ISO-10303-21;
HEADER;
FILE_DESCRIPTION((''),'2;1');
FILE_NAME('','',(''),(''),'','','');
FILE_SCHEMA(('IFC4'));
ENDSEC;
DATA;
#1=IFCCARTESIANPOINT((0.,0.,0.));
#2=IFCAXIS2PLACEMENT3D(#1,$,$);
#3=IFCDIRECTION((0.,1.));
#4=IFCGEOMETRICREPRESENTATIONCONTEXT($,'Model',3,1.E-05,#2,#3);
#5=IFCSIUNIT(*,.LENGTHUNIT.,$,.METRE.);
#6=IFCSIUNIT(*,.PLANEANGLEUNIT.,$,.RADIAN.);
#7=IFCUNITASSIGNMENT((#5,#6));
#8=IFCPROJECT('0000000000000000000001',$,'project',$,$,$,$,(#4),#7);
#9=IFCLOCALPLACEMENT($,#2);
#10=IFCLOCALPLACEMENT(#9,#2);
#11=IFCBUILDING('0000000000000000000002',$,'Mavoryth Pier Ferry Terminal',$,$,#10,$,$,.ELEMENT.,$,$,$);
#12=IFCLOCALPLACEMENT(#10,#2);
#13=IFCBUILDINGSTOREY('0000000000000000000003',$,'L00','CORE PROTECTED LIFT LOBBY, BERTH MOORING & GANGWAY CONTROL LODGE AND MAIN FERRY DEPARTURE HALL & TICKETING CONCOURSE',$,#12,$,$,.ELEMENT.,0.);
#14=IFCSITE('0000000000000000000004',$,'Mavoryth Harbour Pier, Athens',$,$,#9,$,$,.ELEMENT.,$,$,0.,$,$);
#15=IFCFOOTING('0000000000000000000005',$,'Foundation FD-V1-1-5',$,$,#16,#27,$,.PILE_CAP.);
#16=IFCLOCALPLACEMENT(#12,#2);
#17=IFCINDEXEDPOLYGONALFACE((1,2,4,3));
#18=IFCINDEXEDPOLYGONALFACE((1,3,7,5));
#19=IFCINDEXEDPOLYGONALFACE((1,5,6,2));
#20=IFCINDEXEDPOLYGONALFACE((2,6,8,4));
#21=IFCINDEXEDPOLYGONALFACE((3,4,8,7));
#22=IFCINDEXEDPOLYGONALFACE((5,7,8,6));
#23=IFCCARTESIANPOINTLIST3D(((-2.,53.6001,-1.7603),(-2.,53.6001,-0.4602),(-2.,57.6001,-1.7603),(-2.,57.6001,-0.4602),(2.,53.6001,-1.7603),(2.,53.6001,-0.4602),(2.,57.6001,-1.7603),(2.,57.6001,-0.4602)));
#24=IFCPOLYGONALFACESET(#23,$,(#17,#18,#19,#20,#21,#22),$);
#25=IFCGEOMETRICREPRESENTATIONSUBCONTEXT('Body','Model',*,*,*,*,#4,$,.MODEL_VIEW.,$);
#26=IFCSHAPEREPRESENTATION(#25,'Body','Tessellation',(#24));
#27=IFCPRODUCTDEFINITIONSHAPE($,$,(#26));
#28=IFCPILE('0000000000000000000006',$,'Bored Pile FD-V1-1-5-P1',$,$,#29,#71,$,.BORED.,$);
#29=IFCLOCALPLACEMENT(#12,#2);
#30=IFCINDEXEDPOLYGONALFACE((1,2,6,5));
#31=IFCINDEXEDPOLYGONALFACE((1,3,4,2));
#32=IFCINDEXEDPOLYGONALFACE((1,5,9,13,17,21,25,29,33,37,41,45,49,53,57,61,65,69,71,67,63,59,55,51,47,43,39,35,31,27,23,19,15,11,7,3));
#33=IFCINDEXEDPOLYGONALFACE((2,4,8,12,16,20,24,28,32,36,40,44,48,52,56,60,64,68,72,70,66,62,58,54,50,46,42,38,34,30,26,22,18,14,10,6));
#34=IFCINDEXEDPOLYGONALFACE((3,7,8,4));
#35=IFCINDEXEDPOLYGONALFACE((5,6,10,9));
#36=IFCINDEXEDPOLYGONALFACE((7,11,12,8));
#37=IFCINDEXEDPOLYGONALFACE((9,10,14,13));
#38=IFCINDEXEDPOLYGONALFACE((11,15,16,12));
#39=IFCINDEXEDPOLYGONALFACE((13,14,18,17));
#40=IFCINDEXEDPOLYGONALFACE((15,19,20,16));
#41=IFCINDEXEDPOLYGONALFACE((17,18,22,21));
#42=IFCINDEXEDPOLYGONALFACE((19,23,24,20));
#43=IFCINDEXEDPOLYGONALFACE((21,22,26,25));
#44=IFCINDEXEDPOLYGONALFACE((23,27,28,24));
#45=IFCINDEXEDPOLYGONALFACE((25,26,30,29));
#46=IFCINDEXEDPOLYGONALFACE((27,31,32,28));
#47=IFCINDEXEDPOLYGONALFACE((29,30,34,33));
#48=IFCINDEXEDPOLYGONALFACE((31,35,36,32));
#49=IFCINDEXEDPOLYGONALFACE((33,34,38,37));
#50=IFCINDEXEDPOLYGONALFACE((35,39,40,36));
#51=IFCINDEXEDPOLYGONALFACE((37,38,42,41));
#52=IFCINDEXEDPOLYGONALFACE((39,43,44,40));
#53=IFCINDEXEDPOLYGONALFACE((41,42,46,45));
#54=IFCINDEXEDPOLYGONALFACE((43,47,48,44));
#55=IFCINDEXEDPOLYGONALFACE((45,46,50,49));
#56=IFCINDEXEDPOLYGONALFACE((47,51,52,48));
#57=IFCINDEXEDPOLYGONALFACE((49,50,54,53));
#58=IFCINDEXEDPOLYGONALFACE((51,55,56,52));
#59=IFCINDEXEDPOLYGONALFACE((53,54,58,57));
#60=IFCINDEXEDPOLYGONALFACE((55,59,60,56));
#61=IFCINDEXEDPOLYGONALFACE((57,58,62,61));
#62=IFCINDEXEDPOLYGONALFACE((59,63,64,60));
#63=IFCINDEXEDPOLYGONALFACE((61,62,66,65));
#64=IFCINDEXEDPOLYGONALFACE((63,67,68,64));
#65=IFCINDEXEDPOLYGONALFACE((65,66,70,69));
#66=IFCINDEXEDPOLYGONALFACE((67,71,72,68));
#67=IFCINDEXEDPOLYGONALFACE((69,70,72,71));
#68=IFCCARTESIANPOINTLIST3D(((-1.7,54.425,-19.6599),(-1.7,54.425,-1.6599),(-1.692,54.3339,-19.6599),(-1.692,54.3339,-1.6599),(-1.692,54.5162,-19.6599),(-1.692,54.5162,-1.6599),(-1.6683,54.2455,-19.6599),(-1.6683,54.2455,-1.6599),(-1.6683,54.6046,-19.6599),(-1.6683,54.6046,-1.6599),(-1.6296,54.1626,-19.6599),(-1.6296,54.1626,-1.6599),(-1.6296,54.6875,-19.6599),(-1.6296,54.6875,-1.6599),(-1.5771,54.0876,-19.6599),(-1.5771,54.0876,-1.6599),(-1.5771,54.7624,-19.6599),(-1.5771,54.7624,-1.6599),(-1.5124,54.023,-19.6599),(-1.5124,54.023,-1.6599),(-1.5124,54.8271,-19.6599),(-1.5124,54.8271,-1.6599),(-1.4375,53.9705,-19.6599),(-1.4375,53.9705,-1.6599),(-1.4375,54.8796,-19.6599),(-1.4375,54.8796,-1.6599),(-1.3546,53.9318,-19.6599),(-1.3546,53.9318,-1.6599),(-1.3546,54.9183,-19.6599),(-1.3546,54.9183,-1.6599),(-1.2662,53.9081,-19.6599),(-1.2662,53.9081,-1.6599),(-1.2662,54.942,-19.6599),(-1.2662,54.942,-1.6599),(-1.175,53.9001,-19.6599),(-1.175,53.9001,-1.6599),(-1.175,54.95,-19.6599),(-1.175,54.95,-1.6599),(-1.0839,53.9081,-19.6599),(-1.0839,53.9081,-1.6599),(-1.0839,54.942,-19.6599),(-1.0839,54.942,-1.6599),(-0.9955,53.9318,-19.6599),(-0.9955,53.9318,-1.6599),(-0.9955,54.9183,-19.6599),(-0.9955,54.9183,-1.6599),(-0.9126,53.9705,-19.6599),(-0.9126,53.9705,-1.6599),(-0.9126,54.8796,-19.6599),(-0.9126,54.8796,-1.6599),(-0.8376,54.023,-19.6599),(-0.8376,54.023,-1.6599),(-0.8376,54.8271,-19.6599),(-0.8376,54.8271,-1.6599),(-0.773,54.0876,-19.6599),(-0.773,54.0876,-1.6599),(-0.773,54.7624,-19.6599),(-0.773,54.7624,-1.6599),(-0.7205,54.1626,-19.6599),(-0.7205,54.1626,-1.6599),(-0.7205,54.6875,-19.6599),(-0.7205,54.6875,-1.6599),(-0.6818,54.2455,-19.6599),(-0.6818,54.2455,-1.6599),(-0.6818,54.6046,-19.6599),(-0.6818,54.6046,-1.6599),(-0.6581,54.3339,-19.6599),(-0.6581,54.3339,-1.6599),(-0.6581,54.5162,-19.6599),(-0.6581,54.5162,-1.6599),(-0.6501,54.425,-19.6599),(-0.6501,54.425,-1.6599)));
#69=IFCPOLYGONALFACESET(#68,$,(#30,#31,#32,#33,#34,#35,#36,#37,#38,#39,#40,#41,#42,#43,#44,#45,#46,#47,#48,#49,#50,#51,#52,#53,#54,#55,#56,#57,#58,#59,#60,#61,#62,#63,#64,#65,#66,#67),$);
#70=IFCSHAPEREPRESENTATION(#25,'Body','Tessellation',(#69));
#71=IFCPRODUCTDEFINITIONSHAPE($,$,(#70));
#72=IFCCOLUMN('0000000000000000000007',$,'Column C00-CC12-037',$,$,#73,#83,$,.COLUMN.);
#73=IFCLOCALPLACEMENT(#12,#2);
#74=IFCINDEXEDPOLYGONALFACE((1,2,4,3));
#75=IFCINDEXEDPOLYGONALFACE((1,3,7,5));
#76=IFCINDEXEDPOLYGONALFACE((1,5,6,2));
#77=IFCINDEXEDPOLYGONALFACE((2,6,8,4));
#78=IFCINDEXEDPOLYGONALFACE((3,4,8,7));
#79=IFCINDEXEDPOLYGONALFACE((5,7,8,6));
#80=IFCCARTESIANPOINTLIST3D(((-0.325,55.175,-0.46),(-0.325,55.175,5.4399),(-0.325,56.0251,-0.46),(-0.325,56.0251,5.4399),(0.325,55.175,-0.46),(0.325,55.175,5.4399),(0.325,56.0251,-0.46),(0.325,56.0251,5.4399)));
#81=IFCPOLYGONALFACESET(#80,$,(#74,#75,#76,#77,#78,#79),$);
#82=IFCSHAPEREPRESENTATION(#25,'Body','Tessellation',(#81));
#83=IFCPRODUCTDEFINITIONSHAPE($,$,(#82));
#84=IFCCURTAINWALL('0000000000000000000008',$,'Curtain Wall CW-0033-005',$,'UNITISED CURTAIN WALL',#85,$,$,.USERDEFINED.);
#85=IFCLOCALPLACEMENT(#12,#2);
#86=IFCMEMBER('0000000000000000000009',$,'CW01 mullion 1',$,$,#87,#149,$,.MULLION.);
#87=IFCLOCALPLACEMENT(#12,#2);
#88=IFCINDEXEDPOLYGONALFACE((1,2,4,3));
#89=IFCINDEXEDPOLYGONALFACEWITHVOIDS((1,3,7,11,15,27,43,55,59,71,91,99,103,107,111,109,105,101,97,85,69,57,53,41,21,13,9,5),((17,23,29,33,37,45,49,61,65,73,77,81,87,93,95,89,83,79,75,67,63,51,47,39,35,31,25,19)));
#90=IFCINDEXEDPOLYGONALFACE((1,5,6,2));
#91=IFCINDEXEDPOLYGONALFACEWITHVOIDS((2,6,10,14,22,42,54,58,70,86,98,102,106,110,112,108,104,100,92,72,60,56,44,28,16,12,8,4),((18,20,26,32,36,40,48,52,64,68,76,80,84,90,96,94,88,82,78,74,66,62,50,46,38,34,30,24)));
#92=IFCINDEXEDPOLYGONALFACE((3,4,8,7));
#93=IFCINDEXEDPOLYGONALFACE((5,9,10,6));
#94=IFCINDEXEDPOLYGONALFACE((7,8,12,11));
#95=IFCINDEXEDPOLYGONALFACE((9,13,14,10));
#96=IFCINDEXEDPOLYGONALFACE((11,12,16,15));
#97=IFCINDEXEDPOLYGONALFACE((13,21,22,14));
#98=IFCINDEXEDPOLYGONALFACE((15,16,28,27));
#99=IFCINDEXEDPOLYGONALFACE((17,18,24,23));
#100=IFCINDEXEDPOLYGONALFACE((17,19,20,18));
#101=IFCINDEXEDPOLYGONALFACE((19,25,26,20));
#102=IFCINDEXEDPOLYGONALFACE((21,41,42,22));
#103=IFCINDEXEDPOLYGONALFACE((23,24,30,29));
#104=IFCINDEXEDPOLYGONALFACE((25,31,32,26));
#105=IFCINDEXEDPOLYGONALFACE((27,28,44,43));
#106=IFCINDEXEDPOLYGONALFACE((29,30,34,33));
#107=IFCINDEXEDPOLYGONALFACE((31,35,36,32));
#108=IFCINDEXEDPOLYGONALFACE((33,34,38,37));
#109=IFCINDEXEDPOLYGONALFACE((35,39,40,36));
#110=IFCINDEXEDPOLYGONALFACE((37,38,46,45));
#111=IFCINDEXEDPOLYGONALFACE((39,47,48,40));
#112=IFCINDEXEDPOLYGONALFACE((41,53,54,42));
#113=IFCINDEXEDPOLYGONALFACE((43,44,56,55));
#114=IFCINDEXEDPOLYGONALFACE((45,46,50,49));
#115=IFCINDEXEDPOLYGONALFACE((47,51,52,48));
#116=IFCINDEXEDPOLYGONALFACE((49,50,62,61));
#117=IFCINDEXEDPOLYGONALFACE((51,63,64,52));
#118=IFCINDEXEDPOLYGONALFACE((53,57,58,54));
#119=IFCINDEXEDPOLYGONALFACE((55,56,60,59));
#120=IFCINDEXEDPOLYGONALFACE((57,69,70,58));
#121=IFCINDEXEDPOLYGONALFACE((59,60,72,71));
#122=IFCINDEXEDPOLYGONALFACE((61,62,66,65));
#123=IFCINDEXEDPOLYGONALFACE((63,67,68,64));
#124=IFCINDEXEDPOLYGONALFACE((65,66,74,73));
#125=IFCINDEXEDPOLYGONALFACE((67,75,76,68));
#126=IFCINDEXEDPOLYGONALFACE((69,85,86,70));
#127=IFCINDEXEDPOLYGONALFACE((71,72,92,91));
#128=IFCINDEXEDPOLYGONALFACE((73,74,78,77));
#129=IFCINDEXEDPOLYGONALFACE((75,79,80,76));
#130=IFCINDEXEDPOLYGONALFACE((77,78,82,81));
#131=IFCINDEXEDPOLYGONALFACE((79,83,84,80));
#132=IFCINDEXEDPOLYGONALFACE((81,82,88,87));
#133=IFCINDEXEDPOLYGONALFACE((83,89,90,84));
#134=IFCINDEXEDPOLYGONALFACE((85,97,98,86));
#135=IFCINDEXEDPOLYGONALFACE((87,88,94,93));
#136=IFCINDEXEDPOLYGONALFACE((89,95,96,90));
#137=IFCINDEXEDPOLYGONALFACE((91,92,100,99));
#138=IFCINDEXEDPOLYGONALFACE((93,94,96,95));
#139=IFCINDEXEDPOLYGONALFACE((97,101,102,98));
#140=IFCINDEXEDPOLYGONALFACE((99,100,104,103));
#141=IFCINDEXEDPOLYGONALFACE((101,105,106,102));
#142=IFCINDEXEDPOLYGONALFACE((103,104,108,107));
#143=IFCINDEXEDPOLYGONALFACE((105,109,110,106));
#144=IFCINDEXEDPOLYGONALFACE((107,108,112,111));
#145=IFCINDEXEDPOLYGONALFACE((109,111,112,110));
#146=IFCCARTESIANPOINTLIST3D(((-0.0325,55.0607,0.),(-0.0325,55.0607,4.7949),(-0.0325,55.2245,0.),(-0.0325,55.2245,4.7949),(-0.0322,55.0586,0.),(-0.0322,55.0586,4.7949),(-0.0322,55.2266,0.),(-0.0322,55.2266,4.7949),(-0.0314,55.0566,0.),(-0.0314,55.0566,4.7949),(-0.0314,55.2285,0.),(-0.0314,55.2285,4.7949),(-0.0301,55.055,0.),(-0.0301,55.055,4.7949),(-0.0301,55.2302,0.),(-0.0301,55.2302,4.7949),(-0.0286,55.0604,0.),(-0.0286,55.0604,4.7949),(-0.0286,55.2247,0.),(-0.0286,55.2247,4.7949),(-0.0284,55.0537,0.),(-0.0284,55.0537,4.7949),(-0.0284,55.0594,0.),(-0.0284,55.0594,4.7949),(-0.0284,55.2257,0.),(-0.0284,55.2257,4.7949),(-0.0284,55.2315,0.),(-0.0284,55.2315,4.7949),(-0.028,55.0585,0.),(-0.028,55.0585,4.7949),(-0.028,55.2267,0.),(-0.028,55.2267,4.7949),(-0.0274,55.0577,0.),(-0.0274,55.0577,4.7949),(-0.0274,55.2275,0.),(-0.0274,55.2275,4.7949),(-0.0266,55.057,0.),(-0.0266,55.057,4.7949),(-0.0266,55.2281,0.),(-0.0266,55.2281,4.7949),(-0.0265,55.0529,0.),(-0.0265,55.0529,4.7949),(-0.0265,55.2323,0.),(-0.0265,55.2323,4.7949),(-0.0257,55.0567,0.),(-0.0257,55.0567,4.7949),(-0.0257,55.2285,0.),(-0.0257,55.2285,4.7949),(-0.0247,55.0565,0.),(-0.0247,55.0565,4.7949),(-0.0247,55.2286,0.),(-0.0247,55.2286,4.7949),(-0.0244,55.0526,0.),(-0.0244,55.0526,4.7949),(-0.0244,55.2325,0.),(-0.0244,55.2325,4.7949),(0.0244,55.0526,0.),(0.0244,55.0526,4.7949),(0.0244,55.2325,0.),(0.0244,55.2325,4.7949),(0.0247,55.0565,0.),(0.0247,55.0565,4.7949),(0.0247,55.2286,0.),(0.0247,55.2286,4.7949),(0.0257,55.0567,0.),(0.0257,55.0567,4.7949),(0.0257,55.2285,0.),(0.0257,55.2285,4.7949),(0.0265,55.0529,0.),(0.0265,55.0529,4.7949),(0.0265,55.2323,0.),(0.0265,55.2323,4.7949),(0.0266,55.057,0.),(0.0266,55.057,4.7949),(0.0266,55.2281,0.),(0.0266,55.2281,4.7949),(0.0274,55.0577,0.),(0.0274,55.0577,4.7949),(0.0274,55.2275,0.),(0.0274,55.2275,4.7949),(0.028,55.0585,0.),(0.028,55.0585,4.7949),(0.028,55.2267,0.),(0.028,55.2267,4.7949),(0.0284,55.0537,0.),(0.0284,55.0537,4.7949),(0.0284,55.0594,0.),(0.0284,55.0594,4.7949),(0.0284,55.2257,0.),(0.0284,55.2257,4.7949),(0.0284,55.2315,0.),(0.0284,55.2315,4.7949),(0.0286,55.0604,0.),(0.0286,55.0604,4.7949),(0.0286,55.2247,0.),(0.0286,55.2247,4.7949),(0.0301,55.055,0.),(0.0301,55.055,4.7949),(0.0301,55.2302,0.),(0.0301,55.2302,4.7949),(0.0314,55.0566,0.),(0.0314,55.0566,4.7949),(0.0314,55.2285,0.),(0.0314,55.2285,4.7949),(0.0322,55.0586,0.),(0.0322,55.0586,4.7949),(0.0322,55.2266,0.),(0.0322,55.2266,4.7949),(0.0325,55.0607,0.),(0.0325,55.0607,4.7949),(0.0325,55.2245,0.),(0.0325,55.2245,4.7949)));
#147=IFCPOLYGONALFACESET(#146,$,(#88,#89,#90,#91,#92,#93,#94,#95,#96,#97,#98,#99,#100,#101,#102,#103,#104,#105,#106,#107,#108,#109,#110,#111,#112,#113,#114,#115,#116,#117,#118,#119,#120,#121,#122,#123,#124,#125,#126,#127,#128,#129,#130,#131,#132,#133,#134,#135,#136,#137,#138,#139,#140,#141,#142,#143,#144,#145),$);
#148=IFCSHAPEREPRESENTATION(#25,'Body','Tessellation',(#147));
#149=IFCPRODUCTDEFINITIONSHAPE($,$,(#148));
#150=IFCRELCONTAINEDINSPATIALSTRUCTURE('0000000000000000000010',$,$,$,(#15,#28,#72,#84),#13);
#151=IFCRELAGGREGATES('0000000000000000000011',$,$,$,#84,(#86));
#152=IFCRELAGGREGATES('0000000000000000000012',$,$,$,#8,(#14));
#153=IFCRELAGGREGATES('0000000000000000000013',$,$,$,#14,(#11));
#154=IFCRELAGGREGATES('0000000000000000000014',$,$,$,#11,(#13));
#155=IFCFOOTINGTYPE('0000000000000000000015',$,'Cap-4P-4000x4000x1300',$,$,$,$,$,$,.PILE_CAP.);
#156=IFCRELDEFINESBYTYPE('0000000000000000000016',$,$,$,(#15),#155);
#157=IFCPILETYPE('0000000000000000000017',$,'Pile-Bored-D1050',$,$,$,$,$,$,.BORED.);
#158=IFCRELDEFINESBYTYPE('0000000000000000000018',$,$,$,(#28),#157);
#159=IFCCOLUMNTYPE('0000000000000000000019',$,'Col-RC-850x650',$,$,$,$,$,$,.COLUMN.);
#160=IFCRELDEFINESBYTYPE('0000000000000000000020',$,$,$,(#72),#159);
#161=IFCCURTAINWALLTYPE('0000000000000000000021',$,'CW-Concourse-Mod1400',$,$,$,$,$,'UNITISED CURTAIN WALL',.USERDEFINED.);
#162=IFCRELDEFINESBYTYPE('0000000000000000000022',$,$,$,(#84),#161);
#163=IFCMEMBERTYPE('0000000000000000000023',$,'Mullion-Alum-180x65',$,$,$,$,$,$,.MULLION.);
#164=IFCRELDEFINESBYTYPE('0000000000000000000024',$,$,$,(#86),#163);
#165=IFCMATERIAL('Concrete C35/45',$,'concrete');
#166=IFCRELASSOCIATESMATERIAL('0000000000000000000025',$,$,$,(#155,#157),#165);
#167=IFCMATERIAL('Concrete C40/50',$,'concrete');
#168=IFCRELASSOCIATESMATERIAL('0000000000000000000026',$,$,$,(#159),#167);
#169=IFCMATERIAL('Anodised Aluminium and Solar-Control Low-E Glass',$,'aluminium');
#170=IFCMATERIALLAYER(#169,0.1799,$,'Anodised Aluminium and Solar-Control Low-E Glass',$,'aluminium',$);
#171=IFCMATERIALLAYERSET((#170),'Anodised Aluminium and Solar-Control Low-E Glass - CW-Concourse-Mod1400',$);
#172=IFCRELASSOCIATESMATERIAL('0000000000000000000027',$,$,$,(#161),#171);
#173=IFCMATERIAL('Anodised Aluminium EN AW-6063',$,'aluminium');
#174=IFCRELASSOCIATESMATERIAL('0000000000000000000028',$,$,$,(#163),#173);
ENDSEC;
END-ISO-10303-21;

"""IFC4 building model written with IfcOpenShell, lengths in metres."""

from ifc_helpers import new_model, si_unit, direction, frame, origin, origin_2d, place, context, subcontext, project, spatial, rectangle, hollow_rectangle, circle, extrude, material, layer, layer_set, material_profile, profile_set, type_object, element, aggregate, save


model = new_model("IFC4")

# Units and contexts
model_context = context("Model", 3, precision=1e-05, world=origin(), true_north=direction((0.0, 1.0)))
body_context = subcontext(model_context, "Body", "Model", "MODEL_VIEW")
ifc_project = project(units=[si_unit("LENGTHUNIT", "METRE"), si_unit("PLANEANGLEUNIT", "RADIAN")], contexts=[model_context])

# Site, building, storey
site_placement = place(None, origin())
site = spatial("IfcSite", under=ifc_project, at=site_placement, Name="Mavoryth Harbour Pier, Athens", CompositionType="ELEMENT", RefElevation=0.0)
building_placement = place(site_placement, origin())
building = spatial("IfcBuilding", under=site, at=building_placement, Name="Mavoryth Pier Ferry Terminal", CompositionType="ELEMENT")
storey_placement = place(building_placement, origin())
storey = spatial("IfcBuildingStorey", under=building, at=storey_placement, Name="L00", Description="CORE PROTECTED LIFT LOBBY, BERTH MOORING & GANGWAY CONTROL LODGE AND MAIN FERRY DEPARTURE HALL & TICKETING CONCOURSE", CompositionType="ELEMENT", Elevation=0.0)

# Footing
ifc_material_1 = material(Name="Concrete C35/45", Category="concrete")
footing_type = type_object("IfcFootingType", Name="Cap-4P-4000x4000x1300", PredefinedType="PILE_CAP", material=ifc_material_1)
footing_placement = place(storey_placement, frame((0.0, 55.6001, -1.7603), z_axis=(0.0, 0.0, 1.0), x_axis=(1.0, 0.0, 0.0)))
element("IfcFooting", 1, at=footing_placement, inside=storey, type_object=footing_type, Name="Foundation FD-V1-1-5", PredefinedType="PILE_CAP", context=body_context, shape_type="SweptSolid", body=[
    extrude(rectangle(XDim=4.0, YDim=4.0, at=origin_2d()), origin(), (0.0, 0.0, 1.0), 1.3),
])

# Pile
ifc_material_profile_1 = material_profile(ifc_material_1, circle(Radius=0.5249, at=origin_2d()), Name="PILE D1050", Category="concrete")
ifc_profile_set_1 = profile_set([ifc_material_profile_1], Name="Concrete C35/45 - PILE D1050")
pile_type = type_object("IfcPileType", Name="Pile-Bored-D1050", PredefinedType="BORED", material=ifc_profile_set_1)
pile_placement = place(storey_placement, frame((-1.175, 54.425, -1.6599), z_axis=(0.0, 0.0, -1.0), x_axis=(1.0, 0.0, 0.0)))
element("IfcPile", 2, at=pile_placement, inside=storey, type_object=pile_type, Name="Bored Pile FD-V1-1-5-P1", PredefinedType="BORED", context=body_context, shape_type="SweptSolid", body=[
    extrude(circle(Radius=0.5249, at=origin_2d()), origin(), (0.0, 0.0, 1.0), 18.0),
])

# Column
ifc_material_2 = material(Name="Concrete C40/50", Category="concrete")
ifc_material_profile_2 = material_profile(ifc_material_2, rectangle(XDim=0.6499, YDim=0.8501, at=origin_2d()), Name="RC 850x650", Category="concrete")
ifc_profile_set_2 = profile_set([ifc_material_profile_2], Name="Concrete C40/50 - RC 850x650")
column_type = type_object("IfcColumnType", Name="Col-RC-850x650", PredefinedType="COLUMN", material=ifc_profile_set_2)
column_placement = place(storey_placement, frame((0.0, 55.6001, -0.46), z_axis=(0.0, 0.0, 1.0), x_axis=(1.0, 0.0, 0.0)))
element("IfcColumn", 3, at=column_placement, inside=storey, type_object=column_type, Name="Column C00-CC12-037", PredefinedType="COLUMN", context=body_context, shape_type="SweptSolid", body=[
    extrude(rectangle(XDim=0.6499, YDim=0.8501, at=origin_2d()), origin(), (0.0, 0.0, 1.0), 5.8999),
])

# Curtain wall, member
ifc_material_3 = material(Name="Anodised Aluminium and Solar-Control Low-E Glass", Category="aluminium")
ifc_layer_1 = layer(ifc_material_3, 0.1799, Name="Anodised Aluminium and Solar-Control Low-E Glass", Category="aluminium")
ifc_layer_set_1 = layer_set([ifc_layer_1], Name="Anodised Aluminium and Solar-Control Low-E Glass - CW-Concourse-Mod1400")
curtain_wall_type = type_object("IfcCurtainWallType", Name="CW-Concourse-Mod1400", ElementType="UNITISED CURTAIN WALL", PredefinedType="USERDEFINED", material=ifc_layer_set_1)
curtain_wall_placement = place(storey_placement, origin())
curtain_wall = element("IfcCurtainWall", 4, at=curtain_wall_placement, inside=storey, type_object=curtain_wall_type, Name="Curtain Wall CW-0033-005", ObjectType="UNITISED CURTAIN WALL", PredefinedType="USERDEFINED")
ifc_material_4 = material(Name="Anodised Aluminium EN AW-6063", Category="aluminium")
ifc_material_profile_3 = material_profile(ifc_material_4, hollow_rectangle(XDim=0.0649, YDim=0.1799, WallThickness=0.0039, InnerFilletRadius=0.0039, OuterFilletRadius=0.0081, at=origin_2d()), Name="AL-MULL 180x65x4", Category="aluminium")
ifc_profile_set_3 = profile_set([ifc_material_profile_3], Name="Anodised Aluminium EN AW-6063 - AL-MULL 180x65x4")
member_type_1 = type_object("IfcMemberType", Name="Mullion-Alum-180x65", PredefinedType="MULLION", material=ifc_profile_set_3)
member_1_placement = place(storey_placement, frame((0.0, 55.1426, 0.0), z_axis=(0.0, 0.0, 1.0), x_axis=(1.0, 0.0, 0.0)))
member_1 = element("IfcMember", 5, at=member_1_placement, type_object=member_type_1, Name="CW01 mullion 1", PredefinedType="MULLION", context=body_context, shape_type="SweptSolid", body=[
    extrude(hollow_rectangle(XDim=0.0649, YDim=0.1799, WallThickness=0.0039, InnerFilletRadius=0.0039, OuterFilletRadius=0.0081, at=origin_2d()), origin(), (0.0, 0.0, 1.0), 4.7949),
])
aggregate(curtain_wall, [member_1])

save(model, "model.ifc")
